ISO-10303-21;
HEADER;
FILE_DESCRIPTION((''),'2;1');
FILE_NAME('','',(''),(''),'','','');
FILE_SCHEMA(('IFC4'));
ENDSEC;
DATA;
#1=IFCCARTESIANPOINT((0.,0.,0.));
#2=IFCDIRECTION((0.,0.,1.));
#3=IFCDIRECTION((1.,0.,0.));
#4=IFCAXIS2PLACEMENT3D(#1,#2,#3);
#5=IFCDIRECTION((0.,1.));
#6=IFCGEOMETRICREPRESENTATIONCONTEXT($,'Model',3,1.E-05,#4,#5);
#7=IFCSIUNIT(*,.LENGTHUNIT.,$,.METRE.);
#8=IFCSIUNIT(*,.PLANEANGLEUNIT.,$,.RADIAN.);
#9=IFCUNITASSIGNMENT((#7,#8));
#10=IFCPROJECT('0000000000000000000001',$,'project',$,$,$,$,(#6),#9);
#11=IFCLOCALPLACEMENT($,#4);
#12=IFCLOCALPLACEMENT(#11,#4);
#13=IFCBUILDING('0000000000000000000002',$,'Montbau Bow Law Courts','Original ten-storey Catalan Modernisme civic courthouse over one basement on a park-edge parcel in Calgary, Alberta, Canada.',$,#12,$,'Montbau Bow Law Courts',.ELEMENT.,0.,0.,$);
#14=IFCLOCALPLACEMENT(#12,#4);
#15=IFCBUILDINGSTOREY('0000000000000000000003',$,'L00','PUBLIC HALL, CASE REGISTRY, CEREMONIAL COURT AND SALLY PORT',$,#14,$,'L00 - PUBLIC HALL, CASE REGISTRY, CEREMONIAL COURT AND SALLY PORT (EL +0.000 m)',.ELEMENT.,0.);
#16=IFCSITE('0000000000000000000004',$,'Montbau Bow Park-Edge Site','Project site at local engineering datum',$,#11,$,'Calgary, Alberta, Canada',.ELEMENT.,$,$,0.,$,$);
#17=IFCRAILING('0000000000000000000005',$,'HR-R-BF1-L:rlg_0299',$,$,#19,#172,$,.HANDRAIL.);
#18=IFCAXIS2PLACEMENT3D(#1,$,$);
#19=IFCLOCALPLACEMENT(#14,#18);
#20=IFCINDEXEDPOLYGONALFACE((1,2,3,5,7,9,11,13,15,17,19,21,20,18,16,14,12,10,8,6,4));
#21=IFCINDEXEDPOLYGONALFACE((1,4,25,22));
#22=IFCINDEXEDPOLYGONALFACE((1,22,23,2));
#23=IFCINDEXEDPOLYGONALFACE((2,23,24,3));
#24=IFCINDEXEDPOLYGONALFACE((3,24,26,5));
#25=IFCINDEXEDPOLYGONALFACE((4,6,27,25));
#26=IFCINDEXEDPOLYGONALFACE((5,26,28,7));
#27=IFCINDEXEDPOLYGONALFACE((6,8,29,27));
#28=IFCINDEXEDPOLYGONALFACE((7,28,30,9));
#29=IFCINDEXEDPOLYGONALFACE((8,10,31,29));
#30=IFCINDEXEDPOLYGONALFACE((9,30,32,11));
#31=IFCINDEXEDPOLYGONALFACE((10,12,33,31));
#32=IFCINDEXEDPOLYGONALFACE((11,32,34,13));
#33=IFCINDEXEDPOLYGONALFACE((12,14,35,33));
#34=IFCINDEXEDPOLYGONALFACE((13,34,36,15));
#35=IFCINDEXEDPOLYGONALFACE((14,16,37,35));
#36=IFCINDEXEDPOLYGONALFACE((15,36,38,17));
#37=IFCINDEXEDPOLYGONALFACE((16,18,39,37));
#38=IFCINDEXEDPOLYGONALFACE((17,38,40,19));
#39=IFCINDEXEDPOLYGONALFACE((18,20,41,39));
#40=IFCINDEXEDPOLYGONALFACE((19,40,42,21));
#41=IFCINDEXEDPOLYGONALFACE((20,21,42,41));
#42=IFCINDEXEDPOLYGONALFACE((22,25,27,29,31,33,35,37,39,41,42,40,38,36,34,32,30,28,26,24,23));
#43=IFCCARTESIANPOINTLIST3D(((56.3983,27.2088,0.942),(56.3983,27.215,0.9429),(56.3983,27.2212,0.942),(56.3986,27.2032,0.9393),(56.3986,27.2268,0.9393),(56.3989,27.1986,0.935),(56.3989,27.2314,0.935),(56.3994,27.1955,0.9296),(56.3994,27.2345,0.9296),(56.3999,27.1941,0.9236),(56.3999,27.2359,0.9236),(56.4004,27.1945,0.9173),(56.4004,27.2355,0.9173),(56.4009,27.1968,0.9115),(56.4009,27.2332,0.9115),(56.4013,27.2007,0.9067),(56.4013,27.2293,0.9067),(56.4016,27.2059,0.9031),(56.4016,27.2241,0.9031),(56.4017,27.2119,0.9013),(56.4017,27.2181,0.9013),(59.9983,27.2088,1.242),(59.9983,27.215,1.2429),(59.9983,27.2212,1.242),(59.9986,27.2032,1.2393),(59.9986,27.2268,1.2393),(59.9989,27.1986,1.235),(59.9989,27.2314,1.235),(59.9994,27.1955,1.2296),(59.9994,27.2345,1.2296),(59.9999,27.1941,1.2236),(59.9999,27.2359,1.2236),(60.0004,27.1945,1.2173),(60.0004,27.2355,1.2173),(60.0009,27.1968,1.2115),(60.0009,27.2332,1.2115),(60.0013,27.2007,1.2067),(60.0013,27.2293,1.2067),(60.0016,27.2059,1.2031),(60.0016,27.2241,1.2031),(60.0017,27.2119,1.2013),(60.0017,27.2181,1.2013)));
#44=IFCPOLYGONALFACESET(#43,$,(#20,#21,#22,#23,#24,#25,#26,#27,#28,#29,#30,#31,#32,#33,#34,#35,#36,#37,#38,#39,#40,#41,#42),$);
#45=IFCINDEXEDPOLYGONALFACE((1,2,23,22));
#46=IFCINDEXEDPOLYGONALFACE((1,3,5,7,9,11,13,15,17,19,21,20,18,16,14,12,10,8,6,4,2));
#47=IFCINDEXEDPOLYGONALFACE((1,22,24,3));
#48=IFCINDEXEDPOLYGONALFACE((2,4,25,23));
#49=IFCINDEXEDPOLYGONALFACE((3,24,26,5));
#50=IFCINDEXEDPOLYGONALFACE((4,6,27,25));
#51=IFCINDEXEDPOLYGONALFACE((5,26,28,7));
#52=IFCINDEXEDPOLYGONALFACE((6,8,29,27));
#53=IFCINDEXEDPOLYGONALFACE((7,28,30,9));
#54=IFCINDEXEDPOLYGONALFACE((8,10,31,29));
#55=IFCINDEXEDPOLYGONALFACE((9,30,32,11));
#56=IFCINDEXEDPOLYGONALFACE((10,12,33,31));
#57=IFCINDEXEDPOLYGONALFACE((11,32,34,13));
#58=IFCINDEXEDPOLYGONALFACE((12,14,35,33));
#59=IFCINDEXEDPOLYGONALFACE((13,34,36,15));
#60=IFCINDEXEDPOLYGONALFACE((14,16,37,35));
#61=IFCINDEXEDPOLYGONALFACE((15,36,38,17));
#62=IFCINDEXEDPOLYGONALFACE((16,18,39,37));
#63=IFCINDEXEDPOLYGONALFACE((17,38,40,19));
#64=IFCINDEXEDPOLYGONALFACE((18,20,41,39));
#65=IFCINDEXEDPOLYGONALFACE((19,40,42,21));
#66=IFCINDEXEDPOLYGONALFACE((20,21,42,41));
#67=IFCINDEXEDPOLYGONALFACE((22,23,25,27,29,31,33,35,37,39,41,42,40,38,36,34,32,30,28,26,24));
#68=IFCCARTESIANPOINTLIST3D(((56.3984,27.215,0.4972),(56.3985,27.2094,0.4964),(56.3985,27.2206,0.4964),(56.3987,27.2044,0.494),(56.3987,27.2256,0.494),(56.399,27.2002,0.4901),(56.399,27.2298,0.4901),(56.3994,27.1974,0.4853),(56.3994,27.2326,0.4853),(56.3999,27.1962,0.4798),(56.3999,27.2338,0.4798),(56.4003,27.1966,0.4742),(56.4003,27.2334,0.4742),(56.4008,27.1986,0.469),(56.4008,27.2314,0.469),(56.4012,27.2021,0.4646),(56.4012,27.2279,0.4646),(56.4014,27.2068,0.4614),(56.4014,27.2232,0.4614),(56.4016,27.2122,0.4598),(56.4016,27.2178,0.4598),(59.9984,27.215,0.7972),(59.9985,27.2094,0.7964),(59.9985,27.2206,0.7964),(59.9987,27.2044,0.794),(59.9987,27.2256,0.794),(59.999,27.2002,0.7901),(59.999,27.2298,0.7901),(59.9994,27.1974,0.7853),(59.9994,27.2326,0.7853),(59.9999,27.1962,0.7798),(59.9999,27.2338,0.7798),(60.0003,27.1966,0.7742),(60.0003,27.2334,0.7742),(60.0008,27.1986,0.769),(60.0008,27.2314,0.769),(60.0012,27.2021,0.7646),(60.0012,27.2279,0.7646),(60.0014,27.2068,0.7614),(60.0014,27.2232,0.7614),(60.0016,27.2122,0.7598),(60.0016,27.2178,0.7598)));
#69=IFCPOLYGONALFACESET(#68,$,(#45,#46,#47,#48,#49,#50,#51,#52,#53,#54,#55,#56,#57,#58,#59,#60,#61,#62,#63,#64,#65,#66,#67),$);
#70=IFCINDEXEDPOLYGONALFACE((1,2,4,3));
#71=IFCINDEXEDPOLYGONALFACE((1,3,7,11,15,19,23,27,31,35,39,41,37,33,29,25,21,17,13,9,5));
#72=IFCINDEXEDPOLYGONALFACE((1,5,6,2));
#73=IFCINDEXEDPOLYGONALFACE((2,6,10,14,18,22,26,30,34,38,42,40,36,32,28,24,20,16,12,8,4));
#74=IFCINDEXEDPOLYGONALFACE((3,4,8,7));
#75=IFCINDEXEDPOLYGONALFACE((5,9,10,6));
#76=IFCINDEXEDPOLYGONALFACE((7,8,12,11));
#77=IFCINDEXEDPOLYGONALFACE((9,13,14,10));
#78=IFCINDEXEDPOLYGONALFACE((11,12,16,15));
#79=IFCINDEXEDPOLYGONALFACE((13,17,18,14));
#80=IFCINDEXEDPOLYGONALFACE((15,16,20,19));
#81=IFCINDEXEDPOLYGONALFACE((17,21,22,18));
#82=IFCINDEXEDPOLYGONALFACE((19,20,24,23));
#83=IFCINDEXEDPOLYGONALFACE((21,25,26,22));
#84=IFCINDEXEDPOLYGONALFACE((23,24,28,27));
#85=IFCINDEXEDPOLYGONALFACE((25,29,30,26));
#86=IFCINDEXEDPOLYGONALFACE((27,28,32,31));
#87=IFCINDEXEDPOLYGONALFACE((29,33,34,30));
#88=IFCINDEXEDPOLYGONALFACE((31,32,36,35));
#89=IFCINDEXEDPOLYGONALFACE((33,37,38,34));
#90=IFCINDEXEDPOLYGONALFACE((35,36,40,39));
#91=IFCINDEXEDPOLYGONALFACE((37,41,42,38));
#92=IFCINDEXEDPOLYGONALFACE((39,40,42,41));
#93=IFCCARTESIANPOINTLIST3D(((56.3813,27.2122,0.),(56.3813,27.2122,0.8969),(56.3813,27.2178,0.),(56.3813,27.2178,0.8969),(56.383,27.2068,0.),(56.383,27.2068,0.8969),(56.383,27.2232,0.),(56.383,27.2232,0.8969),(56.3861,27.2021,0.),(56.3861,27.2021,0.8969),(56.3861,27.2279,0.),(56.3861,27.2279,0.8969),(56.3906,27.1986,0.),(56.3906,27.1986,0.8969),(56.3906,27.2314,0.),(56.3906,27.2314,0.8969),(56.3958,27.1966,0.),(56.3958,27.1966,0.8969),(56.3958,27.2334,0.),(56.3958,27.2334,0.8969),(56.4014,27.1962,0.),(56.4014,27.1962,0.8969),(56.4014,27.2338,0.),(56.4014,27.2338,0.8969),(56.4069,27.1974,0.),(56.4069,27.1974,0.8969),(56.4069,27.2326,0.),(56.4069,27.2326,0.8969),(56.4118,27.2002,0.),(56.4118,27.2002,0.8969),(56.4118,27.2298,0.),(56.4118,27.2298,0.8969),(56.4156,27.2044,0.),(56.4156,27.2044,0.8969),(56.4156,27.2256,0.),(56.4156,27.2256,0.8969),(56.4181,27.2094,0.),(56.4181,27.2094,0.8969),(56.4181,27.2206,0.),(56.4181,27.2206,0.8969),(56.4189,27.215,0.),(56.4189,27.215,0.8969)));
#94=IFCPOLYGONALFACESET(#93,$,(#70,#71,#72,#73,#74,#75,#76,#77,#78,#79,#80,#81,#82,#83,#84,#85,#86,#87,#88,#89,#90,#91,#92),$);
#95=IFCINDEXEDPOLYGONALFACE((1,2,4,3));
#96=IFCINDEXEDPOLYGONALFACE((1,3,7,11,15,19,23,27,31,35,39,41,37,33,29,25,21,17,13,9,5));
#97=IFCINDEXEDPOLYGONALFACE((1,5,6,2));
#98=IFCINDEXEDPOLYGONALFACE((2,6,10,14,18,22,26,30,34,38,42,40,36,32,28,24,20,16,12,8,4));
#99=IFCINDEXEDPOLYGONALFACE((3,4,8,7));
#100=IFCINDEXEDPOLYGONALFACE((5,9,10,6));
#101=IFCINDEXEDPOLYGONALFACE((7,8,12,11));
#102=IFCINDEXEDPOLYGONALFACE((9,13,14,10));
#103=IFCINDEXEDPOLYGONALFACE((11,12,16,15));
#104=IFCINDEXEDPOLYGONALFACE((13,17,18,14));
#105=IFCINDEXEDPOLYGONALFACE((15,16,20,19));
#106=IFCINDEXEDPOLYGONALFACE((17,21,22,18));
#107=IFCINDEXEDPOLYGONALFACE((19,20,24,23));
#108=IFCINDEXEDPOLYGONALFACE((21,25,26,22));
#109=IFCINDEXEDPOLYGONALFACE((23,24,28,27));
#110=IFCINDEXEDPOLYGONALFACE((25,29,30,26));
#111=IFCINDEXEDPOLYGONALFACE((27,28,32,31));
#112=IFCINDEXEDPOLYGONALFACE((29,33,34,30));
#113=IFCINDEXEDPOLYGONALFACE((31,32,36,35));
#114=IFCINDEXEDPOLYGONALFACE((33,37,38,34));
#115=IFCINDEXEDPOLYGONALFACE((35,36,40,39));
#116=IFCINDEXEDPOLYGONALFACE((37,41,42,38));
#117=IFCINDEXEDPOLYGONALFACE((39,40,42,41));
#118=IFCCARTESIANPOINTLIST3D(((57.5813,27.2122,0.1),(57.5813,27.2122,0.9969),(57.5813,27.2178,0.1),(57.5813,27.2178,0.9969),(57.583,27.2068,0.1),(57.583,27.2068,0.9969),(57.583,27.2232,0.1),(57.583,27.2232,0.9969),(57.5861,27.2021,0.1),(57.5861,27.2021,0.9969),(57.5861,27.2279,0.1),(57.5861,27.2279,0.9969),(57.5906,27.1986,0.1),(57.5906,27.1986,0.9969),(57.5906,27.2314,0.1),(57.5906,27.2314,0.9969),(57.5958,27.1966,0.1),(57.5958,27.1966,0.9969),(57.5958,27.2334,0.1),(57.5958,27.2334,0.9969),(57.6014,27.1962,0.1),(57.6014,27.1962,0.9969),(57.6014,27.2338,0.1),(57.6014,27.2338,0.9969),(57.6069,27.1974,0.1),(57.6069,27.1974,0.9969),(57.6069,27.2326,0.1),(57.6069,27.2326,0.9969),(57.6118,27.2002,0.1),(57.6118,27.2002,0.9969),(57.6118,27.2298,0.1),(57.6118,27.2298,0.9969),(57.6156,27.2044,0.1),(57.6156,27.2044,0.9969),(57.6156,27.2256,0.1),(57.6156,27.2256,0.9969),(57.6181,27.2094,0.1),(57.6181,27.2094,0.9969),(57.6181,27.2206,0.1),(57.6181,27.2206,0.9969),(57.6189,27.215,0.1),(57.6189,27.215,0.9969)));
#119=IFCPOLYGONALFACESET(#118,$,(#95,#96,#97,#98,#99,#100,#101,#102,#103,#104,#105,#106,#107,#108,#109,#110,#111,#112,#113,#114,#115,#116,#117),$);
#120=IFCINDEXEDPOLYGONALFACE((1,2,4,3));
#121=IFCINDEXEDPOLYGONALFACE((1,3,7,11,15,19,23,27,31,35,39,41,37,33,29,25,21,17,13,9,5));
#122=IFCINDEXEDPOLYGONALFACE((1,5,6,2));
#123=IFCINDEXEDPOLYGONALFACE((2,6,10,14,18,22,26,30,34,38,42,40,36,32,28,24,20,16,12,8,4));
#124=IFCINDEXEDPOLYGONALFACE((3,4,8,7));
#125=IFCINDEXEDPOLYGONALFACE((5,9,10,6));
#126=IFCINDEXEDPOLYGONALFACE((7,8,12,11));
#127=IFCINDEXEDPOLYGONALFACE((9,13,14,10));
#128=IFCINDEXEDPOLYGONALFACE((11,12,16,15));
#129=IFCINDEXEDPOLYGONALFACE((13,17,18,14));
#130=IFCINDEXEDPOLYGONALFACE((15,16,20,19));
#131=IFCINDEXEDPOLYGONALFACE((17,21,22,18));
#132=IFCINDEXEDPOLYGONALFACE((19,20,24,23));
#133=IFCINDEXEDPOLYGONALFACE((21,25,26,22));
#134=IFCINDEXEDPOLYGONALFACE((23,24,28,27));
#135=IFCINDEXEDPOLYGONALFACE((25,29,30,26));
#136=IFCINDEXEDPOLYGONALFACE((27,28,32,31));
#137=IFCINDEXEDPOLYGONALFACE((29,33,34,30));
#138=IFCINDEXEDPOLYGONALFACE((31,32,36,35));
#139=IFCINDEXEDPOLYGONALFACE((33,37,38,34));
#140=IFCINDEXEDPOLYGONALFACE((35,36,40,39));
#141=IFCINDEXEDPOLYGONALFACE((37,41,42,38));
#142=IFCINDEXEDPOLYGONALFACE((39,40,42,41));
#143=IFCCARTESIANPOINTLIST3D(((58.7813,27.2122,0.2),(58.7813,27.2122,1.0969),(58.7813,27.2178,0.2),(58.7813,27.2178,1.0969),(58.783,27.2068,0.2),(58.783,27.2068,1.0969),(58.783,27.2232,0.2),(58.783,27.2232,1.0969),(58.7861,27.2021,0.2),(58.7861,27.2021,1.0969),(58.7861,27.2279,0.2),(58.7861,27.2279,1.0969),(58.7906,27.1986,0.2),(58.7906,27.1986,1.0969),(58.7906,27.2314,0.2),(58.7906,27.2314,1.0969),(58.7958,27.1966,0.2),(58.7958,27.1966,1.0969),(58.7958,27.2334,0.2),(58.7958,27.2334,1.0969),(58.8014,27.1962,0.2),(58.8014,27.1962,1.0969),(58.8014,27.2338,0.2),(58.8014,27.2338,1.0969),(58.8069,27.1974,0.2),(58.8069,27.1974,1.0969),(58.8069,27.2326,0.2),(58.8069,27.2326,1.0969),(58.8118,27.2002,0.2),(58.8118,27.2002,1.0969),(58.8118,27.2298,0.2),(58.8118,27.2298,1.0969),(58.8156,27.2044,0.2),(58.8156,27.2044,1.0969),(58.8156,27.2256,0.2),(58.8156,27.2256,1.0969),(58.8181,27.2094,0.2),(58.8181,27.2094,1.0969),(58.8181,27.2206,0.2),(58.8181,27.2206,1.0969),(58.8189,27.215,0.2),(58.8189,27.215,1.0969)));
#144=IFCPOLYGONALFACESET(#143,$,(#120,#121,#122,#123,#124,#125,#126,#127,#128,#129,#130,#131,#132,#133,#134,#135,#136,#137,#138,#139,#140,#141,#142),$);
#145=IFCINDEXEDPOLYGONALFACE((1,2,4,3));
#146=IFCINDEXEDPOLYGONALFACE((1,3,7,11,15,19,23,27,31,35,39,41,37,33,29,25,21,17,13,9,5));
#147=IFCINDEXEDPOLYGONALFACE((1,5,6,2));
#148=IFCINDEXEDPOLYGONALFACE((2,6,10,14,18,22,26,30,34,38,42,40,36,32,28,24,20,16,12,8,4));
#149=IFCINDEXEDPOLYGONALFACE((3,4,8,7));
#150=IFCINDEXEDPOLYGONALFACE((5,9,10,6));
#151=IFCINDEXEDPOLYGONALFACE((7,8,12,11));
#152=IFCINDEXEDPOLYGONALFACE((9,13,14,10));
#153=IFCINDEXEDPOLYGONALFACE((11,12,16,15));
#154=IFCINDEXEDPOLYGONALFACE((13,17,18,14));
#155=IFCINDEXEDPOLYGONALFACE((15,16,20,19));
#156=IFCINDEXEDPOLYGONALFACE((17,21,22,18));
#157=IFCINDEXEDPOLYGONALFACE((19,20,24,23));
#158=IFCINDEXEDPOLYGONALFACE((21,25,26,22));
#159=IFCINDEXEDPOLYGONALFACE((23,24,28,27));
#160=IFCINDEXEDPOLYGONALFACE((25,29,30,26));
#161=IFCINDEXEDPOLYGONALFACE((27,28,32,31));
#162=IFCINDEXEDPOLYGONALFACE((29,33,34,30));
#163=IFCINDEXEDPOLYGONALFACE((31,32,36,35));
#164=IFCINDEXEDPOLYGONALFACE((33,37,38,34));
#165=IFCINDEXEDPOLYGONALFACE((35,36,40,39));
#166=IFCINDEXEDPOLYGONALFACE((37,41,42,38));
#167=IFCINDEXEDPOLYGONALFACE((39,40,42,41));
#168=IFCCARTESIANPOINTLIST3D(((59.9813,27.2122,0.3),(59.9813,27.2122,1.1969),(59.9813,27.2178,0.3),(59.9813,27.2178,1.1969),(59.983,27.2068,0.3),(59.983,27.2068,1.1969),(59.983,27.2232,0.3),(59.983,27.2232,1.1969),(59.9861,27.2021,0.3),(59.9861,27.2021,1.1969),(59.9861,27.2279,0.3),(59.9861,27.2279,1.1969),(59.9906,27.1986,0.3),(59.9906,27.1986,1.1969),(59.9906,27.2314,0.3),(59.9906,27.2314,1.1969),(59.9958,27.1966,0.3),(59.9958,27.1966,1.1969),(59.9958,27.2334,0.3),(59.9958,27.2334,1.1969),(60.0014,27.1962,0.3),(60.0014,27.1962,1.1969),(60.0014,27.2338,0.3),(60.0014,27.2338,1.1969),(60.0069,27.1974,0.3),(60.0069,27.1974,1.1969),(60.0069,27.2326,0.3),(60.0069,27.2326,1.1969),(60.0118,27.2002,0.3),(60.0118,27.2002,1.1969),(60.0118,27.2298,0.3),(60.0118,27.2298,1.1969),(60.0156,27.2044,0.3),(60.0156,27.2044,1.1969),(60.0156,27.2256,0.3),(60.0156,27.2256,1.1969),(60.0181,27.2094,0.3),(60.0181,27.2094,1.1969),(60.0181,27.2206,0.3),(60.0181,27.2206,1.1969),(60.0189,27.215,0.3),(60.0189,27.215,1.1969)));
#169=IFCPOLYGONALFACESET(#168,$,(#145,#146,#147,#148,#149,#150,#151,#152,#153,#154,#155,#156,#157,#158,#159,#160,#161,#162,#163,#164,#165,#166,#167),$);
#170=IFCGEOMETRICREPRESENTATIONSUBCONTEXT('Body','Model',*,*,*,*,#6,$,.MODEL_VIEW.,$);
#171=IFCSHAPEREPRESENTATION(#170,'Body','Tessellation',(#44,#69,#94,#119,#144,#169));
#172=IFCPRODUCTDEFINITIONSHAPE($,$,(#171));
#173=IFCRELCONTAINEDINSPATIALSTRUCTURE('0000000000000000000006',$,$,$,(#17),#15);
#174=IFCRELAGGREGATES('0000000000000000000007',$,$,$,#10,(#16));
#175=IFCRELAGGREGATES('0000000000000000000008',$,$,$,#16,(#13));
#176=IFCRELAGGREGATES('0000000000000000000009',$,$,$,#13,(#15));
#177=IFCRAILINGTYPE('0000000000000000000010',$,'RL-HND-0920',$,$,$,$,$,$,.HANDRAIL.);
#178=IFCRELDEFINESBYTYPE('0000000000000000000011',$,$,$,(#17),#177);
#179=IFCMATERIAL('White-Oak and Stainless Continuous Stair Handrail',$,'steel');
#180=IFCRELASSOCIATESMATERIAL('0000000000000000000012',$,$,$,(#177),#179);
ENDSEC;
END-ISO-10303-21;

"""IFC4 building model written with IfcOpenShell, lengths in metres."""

from ifc_helpers import new_model, si_unit, direction, frame, origin_with_axes, origin_2d_with_axis, place, context, subcontext, project, spatial, circle, extrude, material, type_object, element, save


model = new_model("IFC4")

# Units and contexts
model_context = context("Model", 3, precision=1e-05, world=origin_with_axes(), true_north=direction((0.0, 1.0)))
body_context = subcontext(model_context, "Body", "Model", "MODEL_VIEW")
ifc_project = project(units=[si_unit("LENGTHUNIT", "METRE"), si_unit("PLANEANGLEUNIT", "RADIAN")], contexts=[model_context])

# Site, building, storey
site_placement = place(None, origin_with_axes())
site = spatial("IfcSite", under=ifc_project, at=site_placement, Name="Montbau Bow Park-Edge Site", Description="Project site at local engineering datum", LongName="Calgary, Alberta, Canada", CompositionType="ELEMENT", RefElevation=0.0)
building_placement = place(site_placement, origin_with_axes())
building = spatial("IfcBuilding", under=site, at=building_placement, Name="Montbau Bow Law Courts", Description="Original ten-storey Catalan Modernisme civic courthouse over one basement on a park-edge parcel in Calgary, Alberta, Canada.", LongName="Montbau Bow Law Courts", CompositionType="ELEMENT", ElevationOfRefHeight=0.0, ElevationOfTerrain=0.0)
storey_placement = place(building_placement, origin_with_axes())
storey = spatial("IfcBuildingStorey", under=building, at=storey_placement, Name="L00", Description="PUBLIC HALL, CASE REGISTRY, CEREMONIAL COURT AND SALLY PORT", LongName="L00 - PUBLIC HALL, CASE REGISTRY, CEREMONIAL COURT AND SALLY PORT (EL +0.000 m)", CompositionType="ELEMENT", Elevation=0.0)

# Railing
ifc_material_1 = material(Name="White-Oak and Stainless Continuous Stair Handrail", Category="steel")
railing_type_1 = type_object("IfcRailingType", Name="RL-HND-0920", PredefinedType="HANDRAIL", material=ifc_material_1)
railing_1_placement = place(None, origin_with_axes())
element("IfcRailing", 1, at=railing_1_placement, inside=storey, type_object=railing_type_1, Name="HR-R-BF1-L:rlg_0299", PredefinedType="HANDRAIL", context=body_context, shape_type="SweptSolid", body=[
    extrude(circle(Radius=0.021, at=origin_2d_with_axis()), frame((56.4, 27.215, 0.922), z_axis=(0.996546, 0.0, 0.083045), x_axis=(-0.083045, 0.0, 0.996546)), (0.0, 0.0, 1.0), 3.6125),
    extrude(circle(Radius=0.0189, at=origin_2d_with_axis()), frame((56.4, 27.215, 0.4784), z_axis=(0.996546, 0.0, 0.083045), x_axis=(-0.083045, 0.0, 0.996546)), (0.0, 0.0, 1.0), 3.6125),
    extrude(circle(Radius=0.0189, at=origin_2d_with_axis()), frame((56.4, 27.215, 0.0), z_axis=(0.0, 0.0, 1.0), x_axis=(1.0, 0.0, 0.0)), (0.0, 0.0, 1.0), 0.8969),
    extrude(circle(Radius=0.0189, at=origin_2d_with_axis()), frame((57.6, 27.215, 0.1), z_axis=(0.0, 0.0, 1.0), x_axis=(1.0, 0.0, 0.0)), (0.0, 0.0, 1.0), 0.8969),
    extrude(circle(Radius=0.0189, at=origin_2d_with_axis()), frame((58.8, 27.215, 0.2), z_axis=(0.0, 0.0, 1.0), x_axis=(1.0, 0.0, 0.0)), (0.0, 0.0, 1.0), 0.8969),
    extrude(circle(Radius=0.0189, at=origin_2d_with_axis()), frame((60.0, 27.215, 0.3), z_axis=(0.0, 0.0, 1.0), x_axis=(1.0, 0.0, 0.0)), (0.0, 0.0, 1.0), 0.8969),
])

save(model, "model.ifc")
